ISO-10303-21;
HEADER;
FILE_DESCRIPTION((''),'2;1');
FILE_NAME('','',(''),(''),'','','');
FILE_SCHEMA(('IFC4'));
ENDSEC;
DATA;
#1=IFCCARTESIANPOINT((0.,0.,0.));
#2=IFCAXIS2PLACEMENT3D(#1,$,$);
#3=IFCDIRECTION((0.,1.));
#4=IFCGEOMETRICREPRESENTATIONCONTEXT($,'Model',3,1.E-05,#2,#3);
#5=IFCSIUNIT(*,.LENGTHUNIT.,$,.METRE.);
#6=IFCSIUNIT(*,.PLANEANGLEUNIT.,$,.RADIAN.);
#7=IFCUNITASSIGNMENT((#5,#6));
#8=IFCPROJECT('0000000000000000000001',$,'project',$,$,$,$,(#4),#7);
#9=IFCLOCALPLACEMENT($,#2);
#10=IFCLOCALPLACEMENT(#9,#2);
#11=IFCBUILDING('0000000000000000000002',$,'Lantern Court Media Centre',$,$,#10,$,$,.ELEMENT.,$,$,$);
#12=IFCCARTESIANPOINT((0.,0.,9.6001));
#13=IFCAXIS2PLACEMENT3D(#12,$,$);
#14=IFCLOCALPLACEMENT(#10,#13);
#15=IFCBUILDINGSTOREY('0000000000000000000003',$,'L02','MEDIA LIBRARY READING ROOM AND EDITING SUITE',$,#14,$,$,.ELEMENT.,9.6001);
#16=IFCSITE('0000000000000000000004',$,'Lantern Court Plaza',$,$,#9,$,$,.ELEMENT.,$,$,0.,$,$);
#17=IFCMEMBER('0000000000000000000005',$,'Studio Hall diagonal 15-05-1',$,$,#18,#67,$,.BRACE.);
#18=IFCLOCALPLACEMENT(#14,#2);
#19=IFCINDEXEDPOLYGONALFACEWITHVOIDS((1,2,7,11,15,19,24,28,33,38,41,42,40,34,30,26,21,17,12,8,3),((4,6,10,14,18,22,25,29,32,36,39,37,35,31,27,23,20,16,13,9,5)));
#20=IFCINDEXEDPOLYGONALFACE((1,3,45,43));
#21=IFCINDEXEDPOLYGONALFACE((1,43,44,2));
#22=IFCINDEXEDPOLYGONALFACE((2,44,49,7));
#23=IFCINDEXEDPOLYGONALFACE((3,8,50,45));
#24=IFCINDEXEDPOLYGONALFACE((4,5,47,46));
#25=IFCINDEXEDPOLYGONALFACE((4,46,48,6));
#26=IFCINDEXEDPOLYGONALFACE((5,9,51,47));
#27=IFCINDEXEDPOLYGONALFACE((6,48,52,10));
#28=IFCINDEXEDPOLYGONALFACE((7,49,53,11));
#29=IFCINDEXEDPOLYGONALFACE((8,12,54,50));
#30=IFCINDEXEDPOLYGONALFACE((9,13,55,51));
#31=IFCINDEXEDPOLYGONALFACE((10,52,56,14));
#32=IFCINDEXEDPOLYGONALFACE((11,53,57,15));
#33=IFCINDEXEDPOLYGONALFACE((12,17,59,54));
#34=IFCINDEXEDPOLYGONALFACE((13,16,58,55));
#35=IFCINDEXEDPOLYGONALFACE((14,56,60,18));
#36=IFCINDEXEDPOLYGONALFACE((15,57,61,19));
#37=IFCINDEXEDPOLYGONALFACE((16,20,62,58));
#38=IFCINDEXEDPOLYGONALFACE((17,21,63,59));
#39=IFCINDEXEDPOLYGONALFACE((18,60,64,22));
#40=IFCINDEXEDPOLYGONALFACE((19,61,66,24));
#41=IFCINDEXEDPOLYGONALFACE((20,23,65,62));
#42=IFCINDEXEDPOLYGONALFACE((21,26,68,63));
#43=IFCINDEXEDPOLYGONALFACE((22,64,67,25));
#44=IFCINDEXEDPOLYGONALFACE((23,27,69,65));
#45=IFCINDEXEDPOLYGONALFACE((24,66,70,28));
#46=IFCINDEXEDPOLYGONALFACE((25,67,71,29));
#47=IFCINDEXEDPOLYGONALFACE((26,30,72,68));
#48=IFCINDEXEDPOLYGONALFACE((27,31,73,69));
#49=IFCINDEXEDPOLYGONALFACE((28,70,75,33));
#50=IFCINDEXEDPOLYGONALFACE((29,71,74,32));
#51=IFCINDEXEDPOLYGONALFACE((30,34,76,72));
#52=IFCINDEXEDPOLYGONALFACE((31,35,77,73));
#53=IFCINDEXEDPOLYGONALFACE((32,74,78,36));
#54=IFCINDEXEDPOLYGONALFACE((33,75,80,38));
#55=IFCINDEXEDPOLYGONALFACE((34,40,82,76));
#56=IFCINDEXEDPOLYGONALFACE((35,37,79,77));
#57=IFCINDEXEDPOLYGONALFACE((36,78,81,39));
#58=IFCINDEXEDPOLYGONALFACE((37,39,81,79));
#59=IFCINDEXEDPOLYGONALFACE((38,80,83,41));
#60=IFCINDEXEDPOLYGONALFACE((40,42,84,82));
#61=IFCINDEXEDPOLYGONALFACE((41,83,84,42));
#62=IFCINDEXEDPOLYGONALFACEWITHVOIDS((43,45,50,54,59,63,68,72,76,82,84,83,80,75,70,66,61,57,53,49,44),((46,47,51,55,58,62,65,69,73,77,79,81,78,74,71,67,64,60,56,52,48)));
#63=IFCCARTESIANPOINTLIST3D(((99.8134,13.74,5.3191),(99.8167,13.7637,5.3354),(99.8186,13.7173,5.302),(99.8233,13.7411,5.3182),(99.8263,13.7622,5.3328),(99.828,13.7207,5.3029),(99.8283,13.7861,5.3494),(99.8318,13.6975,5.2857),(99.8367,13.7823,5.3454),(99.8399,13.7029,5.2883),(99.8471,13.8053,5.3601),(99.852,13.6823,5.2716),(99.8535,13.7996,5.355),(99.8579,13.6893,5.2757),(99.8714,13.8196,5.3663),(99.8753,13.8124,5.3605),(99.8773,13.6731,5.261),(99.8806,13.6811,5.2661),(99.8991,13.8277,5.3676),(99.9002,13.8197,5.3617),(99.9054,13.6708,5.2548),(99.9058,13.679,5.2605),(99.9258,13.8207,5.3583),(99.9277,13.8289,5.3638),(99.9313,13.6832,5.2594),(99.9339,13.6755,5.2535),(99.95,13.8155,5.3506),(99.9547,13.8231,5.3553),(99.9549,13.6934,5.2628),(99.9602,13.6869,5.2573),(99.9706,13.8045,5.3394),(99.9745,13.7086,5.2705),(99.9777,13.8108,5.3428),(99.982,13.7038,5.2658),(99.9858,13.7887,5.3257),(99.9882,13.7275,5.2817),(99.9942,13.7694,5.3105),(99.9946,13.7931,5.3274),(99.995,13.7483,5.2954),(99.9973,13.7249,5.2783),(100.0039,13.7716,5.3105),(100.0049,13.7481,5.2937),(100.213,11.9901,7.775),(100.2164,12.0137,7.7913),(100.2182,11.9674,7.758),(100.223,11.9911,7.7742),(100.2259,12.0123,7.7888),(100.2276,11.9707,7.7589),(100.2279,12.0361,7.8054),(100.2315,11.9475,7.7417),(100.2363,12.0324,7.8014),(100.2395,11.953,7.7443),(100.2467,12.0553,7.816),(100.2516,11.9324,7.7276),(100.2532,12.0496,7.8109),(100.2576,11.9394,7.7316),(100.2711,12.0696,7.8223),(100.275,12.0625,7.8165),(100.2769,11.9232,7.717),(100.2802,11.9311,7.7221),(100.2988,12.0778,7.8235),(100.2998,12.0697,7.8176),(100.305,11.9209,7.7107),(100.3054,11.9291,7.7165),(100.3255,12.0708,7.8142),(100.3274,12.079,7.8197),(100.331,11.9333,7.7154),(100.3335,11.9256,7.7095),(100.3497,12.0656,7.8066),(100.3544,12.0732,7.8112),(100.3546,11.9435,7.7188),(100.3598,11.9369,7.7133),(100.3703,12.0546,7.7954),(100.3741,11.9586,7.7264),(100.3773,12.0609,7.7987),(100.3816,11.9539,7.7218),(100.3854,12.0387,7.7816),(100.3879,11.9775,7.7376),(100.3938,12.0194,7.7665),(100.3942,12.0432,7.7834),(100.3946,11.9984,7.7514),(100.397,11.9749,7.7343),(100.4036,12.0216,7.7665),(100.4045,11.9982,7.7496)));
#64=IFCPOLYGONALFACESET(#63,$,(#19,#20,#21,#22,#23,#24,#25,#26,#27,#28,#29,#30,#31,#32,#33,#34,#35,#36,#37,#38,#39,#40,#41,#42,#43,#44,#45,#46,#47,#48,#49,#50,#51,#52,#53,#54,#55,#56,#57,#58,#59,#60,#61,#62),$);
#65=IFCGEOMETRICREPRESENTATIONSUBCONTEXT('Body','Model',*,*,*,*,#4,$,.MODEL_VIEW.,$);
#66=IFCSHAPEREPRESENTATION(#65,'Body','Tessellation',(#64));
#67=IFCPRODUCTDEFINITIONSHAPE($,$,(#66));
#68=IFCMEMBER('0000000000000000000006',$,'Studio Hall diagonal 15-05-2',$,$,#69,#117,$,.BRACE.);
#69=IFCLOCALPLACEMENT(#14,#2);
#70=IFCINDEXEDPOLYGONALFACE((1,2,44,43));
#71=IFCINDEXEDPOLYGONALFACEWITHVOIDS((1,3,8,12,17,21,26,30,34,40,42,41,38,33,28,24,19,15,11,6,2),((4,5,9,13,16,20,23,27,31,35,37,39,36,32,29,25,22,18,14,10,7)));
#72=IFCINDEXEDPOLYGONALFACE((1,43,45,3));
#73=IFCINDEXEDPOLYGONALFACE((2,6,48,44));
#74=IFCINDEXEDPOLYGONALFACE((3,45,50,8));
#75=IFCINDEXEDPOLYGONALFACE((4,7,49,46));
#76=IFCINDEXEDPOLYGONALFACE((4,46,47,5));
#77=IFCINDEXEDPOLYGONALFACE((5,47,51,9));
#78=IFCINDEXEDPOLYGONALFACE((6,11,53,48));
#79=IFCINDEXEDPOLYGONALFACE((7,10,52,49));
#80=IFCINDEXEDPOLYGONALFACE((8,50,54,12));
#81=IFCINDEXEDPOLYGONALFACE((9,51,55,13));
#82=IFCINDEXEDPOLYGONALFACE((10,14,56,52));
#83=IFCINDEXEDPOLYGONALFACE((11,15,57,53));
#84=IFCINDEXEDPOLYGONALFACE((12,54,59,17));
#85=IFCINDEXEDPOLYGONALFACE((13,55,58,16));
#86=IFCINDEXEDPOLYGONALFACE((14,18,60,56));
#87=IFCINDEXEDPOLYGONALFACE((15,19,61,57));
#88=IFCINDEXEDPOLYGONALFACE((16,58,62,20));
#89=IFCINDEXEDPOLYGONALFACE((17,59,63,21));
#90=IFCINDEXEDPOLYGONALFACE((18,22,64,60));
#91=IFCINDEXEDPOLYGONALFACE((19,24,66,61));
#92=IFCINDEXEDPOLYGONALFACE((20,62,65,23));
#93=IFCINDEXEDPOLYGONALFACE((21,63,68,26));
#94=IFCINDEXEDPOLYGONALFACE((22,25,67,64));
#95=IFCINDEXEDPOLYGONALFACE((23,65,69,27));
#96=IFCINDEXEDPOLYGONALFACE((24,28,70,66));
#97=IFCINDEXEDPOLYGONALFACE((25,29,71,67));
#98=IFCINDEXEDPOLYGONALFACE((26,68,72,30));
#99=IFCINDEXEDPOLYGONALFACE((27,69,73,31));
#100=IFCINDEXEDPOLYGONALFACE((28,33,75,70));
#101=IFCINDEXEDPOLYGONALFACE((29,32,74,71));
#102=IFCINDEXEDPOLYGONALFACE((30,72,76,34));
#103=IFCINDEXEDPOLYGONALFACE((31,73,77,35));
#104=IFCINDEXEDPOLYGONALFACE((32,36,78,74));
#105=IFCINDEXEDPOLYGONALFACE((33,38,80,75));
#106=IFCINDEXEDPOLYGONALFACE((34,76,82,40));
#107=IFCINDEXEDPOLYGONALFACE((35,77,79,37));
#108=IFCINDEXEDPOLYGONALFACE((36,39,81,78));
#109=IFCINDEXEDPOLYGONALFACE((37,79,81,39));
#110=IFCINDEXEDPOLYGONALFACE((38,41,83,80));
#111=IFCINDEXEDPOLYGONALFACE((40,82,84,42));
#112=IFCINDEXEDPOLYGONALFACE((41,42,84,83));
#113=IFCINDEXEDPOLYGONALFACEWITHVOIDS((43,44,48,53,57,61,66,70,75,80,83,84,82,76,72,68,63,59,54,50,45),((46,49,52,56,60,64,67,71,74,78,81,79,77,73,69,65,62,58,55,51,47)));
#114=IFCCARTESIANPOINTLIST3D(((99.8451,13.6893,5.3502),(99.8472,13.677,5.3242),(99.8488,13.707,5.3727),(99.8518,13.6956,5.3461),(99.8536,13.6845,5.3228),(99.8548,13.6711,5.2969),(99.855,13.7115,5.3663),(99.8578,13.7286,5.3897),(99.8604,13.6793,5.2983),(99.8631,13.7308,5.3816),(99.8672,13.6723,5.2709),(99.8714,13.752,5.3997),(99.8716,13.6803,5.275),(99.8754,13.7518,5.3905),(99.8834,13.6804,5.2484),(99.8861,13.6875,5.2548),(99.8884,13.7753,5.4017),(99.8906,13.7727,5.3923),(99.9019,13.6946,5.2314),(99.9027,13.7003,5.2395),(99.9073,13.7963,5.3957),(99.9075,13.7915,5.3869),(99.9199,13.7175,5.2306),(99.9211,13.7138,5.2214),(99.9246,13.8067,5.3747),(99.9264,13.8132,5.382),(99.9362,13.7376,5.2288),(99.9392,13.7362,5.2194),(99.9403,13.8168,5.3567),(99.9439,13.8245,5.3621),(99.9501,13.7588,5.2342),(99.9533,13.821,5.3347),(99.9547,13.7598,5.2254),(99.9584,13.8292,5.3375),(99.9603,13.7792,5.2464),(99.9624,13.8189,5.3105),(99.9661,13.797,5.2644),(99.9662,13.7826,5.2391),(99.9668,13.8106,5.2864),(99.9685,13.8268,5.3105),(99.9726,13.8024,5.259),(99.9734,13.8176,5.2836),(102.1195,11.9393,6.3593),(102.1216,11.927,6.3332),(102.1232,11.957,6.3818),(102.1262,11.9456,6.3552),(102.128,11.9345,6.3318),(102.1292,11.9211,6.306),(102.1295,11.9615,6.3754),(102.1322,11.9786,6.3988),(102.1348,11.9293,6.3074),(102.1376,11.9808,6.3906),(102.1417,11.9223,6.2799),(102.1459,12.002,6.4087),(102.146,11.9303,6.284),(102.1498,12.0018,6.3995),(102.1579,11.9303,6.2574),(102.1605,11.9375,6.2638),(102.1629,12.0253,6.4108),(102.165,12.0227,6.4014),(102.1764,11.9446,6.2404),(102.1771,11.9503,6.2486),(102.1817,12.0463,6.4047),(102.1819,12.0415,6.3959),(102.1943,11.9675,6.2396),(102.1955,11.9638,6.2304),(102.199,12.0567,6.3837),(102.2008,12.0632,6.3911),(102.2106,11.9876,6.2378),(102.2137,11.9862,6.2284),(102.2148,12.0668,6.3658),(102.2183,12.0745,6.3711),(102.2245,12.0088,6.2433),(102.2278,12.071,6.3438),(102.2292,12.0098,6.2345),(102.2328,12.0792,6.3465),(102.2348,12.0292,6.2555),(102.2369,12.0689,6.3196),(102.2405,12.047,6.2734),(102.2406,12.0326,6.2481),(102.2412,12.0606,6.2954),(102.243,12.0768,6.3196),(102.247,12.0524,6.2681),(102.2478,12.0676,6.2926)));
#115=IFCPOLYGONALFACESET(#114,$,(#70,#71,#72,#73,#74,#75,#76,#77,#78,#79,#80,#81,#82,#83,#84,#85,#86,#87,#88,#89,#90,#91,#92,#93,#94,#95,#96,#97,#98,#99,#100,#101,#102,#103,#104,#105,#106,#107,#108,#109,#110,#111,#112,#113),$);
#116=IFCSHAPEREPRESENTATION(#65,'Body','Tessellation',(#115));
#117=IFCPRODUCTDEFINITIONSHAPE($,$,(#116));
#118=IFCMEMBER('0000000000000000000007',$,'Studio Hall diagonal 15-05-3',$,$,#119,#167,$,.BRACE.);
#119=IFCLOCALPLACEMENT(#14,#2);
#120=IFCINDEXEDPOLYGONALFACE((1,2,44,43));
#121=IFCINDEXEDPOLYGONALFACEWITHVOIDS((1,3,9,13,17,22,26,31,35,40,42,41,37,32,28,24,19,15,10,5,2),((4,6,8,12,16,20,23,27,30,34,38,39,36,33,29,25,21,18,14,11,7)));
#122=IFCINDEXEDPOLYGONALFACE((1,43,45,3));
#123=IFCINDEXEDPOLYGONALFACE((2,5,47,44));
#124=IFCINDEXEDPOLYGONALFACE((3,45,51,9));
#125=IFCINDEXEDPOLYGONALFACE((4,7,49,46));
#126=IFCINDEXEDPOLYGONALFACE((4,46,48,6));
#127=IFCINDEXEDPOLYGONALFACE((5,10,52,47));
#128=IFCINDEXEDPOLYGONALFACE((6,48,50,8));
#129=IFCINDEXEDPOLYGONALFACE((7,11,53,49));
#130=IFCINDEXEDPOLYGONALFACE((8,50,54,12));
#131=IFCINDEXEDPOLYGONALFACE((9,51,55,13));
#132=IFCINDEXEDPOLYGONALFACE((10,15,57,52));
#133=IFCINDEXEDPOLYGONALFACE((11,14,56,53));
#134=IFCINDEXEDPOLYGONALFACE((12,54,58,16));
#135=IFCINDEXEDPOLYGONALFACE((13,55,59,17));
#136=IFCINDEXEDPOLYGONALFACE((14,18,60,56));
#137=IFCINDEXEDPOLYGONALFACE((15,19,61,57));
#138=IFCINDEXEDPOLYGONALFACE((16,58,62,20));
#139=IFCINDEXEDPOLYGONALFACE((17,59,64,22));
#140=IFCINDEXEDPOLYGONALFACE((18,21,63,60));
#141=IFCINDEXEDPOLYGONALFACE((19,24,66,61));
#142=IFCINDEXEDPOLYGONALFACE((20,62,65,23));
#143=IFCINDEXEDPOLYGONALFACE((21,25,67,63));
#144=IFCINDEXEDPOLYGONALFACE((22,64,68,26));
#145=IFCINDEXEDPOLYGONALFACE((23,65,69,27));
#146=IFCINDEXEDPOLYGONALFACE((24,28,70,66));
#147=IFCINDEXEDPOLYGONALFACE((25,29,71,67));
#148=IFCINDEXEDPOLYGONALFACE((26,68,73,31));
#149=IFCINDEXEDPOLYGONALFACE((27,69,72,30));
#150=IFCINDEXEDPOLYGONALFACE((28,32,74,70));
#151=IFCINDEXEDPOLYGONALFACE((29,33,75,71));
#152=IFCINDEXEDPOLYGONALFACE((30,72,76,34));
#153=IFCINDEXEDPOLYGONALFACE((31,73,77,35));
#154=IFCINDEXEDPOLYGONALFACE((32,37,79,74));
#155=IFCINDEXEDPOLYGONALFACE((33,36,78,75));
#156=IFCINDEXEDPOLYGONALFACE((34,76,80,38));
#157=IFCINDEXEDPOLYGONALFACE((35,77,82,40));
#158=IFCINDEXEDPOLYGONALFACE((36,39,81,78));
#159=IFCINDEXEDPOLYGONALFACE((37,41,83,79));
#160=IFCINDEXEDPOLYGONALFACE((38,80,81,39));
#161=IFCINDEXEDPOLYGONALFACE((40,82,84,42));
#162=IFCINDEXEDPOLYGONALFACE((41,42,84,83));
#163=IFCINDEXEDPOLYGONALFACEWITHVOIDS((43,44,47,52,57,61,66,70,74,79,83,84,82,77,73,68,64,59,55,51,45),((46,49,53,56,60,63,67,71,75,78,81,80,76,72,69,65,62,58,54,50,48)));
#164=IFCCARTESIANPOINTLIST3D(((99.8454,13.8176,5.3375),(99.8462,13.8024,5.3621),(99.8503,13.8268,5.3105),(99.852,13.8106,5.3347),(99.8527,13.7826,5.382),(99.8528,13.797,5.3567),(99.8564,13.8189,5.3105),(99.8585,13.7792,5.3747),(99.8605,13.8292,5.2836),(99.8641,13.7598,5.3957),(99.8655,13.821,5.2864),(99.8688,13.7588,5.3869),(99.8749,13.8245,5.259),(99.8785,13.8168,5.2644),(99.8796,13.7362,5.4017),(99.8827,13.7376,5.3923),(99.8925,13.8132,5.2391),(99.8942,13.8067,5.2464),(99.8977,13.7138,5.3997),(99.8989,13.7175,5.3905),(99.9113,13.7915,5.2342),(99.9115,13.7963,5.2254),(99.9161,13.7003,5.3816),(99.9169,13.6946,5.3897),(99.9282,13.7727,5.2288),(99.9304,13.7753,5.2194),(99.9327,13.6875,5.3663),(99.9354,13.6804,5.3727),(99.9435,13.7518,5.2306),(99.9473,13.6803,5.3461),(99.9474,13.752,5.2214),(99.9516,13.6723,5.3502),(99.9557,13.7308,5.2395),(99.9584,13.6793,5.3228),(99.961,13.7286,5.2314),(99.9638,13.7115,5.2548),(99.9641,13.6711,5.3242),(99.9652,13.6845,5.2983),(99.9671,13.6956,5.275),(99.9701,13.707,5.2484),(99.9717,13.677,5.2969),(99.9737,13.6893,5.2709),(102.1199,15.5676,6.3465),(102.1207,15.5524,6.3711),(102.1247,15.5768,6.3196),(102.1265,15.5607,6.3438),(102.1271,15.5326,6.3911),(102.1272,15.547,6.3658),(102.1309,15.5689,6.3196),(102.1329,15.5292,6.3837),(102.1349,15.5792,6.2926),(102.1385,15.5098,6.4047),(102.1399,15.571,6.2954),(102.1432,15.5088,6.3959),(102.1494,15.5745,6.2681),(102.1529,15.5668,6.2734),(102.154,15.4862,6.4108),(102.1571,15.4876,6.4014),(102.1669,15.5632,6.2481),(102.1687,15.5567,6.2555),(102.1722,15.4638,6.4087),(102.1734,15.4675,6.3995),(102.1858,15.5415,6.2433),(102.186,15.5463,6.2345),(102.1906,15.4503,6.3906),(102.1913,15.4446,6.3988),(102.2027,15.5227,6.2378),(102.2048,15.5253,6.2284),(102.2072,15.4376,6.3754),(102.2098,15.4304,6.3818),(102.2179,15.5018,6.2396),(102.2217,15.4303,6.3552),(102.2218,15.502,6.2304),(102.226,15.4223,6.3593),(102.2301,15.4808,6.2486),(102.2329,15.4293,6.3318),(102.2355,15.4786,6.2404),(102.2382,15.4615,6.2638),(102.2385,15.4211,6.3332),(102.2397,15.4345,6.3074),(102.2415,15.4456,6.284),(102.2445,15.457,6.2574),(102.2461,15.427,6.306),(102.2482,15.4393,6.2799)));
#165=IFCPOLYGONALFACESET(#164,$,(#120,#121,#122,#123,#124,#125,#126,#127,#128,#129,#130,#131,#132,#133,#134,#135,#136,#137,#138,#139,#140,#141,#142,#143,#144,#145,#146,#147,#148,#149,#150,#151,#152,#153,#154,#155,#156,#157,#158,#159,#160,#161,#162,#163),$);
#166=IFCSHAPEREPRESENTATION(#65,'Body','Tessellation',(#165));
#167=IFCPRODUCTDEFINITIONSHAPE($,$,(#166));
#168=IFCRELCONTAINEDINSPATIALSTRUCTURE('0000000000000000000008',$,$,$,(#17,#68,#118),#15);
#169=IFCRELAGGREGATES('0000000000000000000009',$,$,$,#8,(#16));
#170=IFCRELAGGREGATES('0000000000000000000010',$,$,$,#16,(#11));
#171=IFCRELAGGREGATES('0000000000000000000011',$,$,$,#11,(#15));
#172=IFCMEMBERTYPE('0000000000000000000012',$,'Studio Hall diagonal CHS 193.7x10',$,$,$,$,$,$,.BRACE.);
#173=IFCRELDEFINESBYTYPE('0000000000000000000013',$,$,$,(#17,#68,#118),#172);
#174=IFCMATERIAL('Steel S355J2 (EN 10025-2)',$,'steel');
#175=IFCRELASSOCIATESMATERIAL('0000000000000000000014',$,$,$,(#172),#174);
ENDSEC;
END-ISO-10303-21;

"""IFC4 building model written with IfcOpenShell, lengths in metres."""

from ifc_helpers import new_model, si_unit, direction, frame, origin, origin_2d, place, context, subcontext, project, spatial, hollow_circle, extrude, material, material_profile, profile_set, type_object, element, save


model = new_model("IFC4")

# Units and contexts
model_context = context("Model", 3, precision=1e-05, world=origin(), true_north=direction((0.0, 1.0)))
body_context = subcontext(model_context, "Body", "Model", "MODEL_VIEW")
ifc_project = project(units=[si_unit("LENGTHUNIT", "METRE"), si_unit("PLANEANGLEUNIT", "RADIAN")], contexts=[model_context])

# Site, building, storey
site_placement = place(None, origin())
site = spatial("IfcSite", under=ifc_project, at=site_placement, Name="Lantern Court Plaza", CompositionType="ELEMENT", RefElevation=0.0)
building_placement = place(site_placement, origin())
building = spatial("IfcBuilding", under=site, at=building_placement, Name="Lantern Court Media Centre", CompositionType="ELEMENT")
storey_placement = place(building_placement, frame((0.0, 0.0, 9.6001)))
storey = spatial("IfcBuildingStorey", under=building, at=storey_placement, Name="L02", Description="MEDIA LIBRARY READING ROOM AND EDITING SUITE", CompositionType="ELEMENT", Elevation=9.6001)

# Members
ifc_material_1 = material(Name="Steel S355J2 (EN 10025-2)", Category="steel")
ifc_material_profile_1 = material_profile(ifc_material_1, hollow_circle(Radius=0.0969, WallThickness=0.01, at=origin_2d()), Name="Studio Hall diagonal CHS 193.7x10")
ifc_profile_set_1 = profile_set([ifc_material_profile_1], Name="Steel S355J2 (EN 10025-2)")
member_type_1 = type_object("IfcMemberType", Name="Studio Hall diagonal CHS 193.7x10", PredefinedType="BRACE", material=ifc_profile_set_1)
for number, where, z_axis, x_axis, name in (
    (1, (99.9094, 13.75, 5.3105), (0.131375, -0.575259, 0.807352), (0.9749, 0.222644, 0.0), "Studio Hall diagonal 15-05-1"),
    (2, (99.9094, 13.75, 5.3105), (0.747677, -0.575284, 0.331703), (0.609809, 0.792548, 0.0), "Studio Hall diagonal 15-05-2"),
    (3, (99.9094, 13.75, 5.3105), (0.747677, 0.575284, 0.331703), (-0.609809, 0.792548, 0.0), "Studio Hall diagonal 15-05-3"),
):
    element("IfcMember", number, at=place(storey_placement, frame(where, z_axis=z_axis, x_axis=x_axis)), inside=storey, type_object=member_type_1, Name=name, PredefinedType="BRACE", context=body_context, shape_type="SweptSolid", body=[
        extrude(hollow_circle(Radius=0.0969, WallThickness=0.01, at=origin_2d()), origin(), (0.0, 0.0, 1.0), 3.042),
    ])

save(model, "model.ifc")
